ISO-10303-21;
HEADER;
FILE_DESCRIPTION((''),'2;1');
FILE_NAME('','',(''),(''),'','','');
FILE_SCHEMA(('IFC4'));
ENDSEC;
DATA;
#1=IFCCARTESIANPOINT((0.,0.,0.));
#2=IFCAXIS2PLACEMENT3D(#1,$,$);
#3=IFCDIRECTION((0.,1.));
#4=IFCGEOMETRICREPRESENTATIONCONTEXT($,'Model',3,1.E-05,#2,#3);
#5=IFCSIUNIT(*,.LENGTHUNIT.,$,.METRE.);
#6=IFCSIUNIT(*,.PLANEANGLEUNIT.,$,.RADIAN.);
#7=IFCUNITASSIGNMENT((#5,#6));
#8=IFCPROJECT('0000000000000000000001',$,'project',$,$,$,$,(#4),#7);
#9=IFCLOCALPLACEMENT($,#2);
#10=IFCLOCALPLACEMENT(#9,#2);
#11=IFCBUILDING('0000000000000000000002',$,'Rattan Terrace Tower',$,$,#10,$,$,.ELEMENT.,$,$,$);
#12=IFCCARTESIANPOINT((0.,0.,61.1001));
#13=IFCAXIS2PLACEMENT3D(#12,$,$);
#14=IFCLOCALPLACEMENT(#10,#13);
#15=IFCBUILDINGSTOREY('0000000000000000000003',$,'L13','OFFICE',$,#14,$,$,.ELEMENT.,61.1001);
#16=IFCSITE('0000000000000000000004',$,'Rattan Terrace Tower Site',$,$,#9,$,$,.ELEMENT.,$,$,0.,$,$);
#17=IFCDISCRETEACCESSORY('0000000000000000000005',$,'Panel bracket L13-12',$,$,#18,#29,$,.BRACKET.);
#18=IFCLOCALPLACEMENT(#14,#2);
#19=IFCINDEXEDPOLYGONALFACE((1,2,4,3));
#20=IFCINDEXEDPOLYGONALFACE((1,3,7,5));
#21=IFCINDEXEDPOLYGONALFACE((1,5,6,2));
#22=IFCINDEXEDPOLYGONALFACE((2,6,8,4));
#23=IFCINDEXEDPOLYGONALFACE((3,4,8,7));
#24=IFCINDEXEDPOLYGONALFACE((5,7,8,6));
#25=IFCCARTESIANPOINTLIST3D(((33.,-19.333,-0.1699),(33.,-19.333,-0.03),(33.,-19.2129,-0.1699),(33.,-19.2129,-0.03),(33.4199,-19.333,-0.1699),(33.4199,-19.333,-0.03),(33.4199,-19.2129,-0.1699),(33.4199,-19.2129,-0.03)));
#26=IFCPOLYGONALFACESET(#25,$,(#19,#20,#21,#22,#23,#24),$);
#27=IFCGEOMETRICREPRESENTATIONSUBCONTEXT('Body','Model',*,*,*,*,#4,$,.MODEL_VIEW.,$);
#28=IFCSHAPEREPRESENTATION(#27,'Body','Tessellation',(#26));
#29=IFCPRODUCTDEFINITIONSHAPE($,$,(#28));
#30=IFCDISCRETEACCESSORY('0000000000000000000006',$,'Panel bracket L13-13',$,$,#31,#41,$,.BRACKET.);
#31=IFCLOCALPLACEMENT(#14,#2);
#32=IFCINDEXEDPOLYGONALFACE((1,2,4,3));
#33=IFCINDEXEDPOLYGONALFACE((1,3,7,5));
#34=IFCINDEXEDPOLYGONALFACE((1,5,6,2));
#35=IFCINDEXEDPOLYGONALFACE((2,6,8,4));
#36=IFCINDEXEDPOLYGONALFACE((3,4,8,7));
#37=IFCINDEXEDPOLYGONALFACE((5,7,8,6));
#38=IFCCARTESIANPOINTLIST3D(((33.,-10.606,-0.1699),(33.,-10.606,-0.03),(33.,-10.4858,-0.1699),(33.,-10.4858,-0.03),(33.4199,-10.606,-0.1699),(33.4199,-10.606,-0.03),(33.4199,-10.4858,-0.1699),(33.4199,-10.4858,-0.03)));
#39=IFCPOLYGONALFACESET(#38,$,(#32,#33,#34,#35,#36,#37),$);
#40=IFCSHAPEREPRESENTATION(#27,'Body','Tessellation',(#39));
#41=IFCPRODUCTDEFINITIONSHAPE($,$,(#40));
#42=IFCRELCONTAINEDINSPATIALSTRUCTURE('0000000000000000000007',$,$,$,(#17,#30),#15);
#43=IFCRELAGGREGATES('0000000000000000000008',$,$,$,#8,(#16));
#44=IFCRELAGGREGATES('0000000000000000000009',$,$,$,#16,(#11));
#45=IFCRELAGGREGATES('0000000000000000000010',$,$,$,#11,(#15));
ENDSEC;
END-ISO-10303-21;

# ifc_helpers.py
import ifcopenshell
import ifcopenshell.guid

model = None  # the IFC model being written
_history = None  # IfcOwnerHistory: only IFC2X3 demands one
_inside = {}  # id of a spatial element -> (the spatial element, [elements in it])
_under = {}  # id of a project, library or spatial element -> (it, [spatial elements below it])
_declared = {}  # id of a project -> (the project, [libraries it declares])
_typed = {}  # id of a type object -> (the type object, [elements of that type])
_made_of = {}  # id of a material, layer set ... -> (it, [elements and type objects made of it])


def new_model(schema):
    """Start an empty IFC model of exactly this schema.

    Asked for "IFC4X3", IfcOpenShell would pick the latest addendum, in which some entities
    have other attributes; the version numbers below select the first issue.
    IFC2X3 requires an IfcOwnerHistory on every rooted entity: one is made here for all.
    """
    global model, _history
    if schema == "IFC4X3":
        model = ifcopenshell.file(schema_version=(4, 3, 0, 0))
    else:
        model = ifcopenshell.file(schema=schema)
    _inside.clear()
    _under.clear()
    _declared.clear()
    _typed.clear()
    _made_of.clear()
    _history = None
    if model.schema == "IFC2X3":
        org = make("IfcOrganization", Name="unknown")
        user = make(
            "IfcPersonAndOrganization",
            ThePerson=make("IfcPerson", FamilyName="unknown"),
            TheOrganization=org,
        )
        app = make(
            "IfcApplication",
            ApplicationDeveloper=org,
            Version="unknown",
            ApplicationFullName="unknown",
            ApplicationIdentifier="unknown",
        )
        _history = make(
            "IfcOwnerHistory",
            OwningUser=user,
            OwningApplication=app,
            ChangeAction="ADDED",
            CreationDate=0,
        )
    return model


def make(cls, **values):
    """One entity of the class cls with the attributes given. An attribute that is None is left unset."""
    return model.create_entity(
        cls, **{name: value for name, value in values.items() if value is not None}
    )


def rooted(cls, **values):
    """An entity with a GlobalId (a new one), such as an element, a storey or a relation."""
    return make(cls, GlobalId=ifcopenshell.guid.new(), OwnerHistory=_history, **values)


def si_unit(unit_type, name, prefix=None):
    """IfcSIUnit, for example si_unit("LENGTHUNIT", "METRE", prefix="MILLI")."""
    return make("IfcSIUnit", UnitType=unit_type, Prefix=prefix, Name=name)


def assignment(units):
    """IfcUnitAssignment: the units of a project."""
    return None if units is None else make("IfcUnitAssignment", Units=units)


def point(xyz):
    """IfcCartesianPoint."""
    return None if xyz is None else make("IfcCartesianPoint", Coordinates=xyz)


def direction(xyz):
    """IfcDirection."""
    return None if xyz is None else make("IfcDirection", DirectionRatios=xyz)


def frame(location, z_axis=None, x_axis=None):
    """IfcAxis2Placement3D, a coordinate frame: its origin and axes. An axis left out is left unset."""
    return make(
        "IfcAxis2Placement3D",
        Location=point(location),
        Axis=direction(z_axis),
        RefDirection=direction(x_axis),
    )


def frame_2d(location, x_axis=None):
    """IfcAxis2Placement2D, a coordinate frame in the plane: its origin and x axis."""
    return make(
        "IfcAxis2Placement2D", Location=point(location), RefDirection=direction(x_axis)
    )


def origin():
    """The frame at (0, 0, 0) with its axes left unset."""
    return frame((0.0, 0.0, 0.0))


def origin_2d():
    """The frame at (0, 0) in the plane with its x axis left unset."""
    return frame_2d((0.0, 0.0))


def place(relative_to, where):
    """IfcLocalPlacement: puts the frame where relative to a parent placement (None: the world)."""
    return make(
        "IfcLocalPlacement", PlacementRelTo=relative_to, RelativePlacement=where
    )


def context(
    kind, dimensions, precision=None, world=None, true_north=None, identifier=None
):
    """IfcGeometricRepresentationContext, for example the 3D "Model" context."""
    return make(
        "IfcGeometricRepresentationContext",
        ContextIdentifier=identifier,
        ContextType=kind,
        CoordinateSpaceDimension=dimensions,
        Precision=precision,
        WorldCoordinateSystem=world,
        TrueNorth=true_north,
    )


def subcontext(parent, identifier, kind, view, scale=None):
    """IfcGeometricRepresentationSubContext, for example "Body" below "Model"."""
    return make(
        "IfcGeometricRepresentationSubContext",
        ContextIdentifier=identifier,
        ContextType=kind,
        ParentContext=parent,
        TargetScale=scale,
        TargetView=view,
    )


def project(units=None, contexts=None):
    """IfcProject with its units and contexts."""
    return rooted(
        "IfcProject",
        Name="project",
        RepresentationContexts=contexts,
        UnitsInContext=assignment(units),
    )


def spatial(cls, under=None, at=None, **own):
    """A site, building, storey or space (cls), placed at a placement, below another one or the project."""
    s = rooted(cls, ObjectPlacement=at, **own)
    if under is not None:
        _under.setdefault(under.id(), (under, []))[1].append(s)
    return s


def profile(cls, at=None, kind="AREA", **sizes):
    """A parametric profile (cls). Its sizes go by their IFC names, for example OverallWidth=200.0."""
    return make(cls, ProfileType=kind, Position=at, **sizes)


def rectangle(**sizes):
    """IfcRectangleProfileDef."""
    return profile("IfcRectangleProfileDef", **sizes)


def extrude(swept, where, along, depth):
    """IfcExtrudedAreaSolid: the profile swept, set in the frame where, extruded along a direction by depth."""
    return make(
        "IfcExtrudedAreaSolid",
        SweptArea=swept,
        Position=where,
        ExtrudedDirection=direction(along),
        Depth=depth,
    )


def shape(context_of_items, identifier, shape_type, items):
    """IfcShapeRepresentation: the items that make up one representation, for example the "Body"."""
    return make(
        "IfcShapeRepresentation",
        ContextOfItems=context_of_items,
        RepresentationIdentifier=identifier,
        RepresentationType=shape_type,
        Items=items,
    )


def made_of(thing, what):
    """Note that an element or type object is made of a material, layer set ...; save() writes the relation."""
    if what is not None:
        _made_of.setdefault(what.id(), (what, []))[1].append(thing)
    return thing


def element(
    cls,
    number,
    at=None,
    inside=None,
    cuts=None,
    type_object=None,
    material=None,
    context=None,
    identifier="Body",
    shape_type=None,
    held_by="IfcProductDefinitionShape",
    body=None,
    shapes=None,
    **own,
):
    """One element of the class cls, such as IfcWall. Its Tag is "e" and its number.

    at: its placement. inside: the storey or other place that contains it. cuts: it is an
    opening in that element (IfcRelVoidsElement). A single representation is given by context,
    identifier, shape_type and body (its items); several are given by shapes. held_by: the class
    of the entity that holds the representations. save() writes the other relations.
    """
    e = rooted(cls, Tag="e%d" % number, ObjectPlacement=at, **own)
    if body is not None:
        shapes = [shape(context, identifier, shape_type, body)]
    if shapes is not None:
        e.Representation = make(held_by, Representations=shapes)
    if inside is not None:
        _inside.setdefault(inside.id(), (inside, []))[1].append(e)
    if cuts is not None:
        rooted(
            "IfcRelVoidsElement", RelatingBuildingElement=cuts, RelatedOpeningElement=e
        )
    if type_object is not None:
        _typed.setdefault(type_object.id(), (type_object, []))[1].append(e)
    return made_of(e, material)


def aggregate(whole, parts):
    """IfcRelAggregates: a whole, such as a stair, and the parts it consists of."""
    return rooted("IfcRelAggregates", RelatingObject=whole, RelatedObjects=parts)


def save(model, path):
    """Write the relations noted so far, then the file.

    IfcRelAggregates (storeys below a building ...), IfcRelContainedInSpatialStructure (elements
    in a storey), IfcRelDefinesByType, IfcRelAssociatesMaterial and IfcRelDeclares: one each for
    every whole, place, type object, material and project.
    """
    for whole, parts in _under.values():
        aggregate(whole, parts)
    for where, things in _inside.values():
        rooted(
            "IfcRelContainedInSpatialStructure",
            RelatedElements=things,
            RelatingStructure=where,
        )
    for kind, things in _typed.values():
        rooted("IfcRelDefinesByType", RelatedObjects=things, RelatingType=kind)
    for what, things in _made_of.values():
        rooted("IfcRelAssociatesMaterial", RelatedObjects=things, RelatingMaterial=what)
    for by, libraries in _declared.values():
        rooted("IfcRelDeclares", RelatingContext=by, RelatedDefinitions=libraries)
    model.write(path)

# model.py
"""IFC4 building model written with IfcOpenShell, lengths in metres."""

from ifc_helpers import new_model, si_unit, direction, frame, origin, origin_2d, place, context, subcontext, project, spatial, rectangle, extrude, element, save


model = new_model("IFC4")

# Units and contexts
model_context = context("Model", 3, precision=1e-05, world=origin(), true_north=direction((0.0, 1.0)))
body_context = subcontext(model_context, "Body", "Model", "MODEL_VIEW")
ifc_project = project(units=[si_unit("LENGTHUNIT", "METRE"), si_unit("PLANEANGLEUNIT", "RADIAN")], contexts=[model_context])

# Site, building, storey
site_placement = place(None, origin())
site = spatial("IfcSite", under=ifc_project, at=site_placement, Name="Rattan Terrace Tower Site", CompositionType="ELEMENT", RefElevation=0.0)
building_placement = place(site_placement, origin())
building = spatial("IfcBuilding", under=site, at=building_placement, Name="Rattan Terrace Tower", CompositionType="ELEMENT")
storey_placement = place(building_placement, frame((0.0, 0.0, 61.1001)))
storey = spatial("IfcBuildingStorey", under=building, at=storey_placement, Name="L13", Description="OFFICE", CompositionType="ELEMENT", Elevation=61.1001)

# Discrete accessories
for number, where, z_axis, x_axis, name in (
    (1, (33.21, -19.2729, -0.1699), (0.0, 0.0, 1.0), (0.0, 1.0, 0.0), "Panel bracket L13-12"),
    (2, (33.21, -10.5459, -0.1699), (0.0, 0.0, 1.0), (0.0, 1.0, 0.0), "Panel bracket L13-13"),
):
    element("IfcDiscreteAccessory", number, at=place(storey_placement, frame(where, z_axis=z_axis, x_axis=x_axis)), inside=storey, Name=name, PredefinedType="BRACKET", context=body_context, shape_type="SweptSolid", body=[
        extrude(rectangle(XDim=0.1201, YDim=0.4199, at=origin_2d()), origin(), (0.0, 0.0, 1.0), 0.1399),
    ])

save(model, "model.ifc")
